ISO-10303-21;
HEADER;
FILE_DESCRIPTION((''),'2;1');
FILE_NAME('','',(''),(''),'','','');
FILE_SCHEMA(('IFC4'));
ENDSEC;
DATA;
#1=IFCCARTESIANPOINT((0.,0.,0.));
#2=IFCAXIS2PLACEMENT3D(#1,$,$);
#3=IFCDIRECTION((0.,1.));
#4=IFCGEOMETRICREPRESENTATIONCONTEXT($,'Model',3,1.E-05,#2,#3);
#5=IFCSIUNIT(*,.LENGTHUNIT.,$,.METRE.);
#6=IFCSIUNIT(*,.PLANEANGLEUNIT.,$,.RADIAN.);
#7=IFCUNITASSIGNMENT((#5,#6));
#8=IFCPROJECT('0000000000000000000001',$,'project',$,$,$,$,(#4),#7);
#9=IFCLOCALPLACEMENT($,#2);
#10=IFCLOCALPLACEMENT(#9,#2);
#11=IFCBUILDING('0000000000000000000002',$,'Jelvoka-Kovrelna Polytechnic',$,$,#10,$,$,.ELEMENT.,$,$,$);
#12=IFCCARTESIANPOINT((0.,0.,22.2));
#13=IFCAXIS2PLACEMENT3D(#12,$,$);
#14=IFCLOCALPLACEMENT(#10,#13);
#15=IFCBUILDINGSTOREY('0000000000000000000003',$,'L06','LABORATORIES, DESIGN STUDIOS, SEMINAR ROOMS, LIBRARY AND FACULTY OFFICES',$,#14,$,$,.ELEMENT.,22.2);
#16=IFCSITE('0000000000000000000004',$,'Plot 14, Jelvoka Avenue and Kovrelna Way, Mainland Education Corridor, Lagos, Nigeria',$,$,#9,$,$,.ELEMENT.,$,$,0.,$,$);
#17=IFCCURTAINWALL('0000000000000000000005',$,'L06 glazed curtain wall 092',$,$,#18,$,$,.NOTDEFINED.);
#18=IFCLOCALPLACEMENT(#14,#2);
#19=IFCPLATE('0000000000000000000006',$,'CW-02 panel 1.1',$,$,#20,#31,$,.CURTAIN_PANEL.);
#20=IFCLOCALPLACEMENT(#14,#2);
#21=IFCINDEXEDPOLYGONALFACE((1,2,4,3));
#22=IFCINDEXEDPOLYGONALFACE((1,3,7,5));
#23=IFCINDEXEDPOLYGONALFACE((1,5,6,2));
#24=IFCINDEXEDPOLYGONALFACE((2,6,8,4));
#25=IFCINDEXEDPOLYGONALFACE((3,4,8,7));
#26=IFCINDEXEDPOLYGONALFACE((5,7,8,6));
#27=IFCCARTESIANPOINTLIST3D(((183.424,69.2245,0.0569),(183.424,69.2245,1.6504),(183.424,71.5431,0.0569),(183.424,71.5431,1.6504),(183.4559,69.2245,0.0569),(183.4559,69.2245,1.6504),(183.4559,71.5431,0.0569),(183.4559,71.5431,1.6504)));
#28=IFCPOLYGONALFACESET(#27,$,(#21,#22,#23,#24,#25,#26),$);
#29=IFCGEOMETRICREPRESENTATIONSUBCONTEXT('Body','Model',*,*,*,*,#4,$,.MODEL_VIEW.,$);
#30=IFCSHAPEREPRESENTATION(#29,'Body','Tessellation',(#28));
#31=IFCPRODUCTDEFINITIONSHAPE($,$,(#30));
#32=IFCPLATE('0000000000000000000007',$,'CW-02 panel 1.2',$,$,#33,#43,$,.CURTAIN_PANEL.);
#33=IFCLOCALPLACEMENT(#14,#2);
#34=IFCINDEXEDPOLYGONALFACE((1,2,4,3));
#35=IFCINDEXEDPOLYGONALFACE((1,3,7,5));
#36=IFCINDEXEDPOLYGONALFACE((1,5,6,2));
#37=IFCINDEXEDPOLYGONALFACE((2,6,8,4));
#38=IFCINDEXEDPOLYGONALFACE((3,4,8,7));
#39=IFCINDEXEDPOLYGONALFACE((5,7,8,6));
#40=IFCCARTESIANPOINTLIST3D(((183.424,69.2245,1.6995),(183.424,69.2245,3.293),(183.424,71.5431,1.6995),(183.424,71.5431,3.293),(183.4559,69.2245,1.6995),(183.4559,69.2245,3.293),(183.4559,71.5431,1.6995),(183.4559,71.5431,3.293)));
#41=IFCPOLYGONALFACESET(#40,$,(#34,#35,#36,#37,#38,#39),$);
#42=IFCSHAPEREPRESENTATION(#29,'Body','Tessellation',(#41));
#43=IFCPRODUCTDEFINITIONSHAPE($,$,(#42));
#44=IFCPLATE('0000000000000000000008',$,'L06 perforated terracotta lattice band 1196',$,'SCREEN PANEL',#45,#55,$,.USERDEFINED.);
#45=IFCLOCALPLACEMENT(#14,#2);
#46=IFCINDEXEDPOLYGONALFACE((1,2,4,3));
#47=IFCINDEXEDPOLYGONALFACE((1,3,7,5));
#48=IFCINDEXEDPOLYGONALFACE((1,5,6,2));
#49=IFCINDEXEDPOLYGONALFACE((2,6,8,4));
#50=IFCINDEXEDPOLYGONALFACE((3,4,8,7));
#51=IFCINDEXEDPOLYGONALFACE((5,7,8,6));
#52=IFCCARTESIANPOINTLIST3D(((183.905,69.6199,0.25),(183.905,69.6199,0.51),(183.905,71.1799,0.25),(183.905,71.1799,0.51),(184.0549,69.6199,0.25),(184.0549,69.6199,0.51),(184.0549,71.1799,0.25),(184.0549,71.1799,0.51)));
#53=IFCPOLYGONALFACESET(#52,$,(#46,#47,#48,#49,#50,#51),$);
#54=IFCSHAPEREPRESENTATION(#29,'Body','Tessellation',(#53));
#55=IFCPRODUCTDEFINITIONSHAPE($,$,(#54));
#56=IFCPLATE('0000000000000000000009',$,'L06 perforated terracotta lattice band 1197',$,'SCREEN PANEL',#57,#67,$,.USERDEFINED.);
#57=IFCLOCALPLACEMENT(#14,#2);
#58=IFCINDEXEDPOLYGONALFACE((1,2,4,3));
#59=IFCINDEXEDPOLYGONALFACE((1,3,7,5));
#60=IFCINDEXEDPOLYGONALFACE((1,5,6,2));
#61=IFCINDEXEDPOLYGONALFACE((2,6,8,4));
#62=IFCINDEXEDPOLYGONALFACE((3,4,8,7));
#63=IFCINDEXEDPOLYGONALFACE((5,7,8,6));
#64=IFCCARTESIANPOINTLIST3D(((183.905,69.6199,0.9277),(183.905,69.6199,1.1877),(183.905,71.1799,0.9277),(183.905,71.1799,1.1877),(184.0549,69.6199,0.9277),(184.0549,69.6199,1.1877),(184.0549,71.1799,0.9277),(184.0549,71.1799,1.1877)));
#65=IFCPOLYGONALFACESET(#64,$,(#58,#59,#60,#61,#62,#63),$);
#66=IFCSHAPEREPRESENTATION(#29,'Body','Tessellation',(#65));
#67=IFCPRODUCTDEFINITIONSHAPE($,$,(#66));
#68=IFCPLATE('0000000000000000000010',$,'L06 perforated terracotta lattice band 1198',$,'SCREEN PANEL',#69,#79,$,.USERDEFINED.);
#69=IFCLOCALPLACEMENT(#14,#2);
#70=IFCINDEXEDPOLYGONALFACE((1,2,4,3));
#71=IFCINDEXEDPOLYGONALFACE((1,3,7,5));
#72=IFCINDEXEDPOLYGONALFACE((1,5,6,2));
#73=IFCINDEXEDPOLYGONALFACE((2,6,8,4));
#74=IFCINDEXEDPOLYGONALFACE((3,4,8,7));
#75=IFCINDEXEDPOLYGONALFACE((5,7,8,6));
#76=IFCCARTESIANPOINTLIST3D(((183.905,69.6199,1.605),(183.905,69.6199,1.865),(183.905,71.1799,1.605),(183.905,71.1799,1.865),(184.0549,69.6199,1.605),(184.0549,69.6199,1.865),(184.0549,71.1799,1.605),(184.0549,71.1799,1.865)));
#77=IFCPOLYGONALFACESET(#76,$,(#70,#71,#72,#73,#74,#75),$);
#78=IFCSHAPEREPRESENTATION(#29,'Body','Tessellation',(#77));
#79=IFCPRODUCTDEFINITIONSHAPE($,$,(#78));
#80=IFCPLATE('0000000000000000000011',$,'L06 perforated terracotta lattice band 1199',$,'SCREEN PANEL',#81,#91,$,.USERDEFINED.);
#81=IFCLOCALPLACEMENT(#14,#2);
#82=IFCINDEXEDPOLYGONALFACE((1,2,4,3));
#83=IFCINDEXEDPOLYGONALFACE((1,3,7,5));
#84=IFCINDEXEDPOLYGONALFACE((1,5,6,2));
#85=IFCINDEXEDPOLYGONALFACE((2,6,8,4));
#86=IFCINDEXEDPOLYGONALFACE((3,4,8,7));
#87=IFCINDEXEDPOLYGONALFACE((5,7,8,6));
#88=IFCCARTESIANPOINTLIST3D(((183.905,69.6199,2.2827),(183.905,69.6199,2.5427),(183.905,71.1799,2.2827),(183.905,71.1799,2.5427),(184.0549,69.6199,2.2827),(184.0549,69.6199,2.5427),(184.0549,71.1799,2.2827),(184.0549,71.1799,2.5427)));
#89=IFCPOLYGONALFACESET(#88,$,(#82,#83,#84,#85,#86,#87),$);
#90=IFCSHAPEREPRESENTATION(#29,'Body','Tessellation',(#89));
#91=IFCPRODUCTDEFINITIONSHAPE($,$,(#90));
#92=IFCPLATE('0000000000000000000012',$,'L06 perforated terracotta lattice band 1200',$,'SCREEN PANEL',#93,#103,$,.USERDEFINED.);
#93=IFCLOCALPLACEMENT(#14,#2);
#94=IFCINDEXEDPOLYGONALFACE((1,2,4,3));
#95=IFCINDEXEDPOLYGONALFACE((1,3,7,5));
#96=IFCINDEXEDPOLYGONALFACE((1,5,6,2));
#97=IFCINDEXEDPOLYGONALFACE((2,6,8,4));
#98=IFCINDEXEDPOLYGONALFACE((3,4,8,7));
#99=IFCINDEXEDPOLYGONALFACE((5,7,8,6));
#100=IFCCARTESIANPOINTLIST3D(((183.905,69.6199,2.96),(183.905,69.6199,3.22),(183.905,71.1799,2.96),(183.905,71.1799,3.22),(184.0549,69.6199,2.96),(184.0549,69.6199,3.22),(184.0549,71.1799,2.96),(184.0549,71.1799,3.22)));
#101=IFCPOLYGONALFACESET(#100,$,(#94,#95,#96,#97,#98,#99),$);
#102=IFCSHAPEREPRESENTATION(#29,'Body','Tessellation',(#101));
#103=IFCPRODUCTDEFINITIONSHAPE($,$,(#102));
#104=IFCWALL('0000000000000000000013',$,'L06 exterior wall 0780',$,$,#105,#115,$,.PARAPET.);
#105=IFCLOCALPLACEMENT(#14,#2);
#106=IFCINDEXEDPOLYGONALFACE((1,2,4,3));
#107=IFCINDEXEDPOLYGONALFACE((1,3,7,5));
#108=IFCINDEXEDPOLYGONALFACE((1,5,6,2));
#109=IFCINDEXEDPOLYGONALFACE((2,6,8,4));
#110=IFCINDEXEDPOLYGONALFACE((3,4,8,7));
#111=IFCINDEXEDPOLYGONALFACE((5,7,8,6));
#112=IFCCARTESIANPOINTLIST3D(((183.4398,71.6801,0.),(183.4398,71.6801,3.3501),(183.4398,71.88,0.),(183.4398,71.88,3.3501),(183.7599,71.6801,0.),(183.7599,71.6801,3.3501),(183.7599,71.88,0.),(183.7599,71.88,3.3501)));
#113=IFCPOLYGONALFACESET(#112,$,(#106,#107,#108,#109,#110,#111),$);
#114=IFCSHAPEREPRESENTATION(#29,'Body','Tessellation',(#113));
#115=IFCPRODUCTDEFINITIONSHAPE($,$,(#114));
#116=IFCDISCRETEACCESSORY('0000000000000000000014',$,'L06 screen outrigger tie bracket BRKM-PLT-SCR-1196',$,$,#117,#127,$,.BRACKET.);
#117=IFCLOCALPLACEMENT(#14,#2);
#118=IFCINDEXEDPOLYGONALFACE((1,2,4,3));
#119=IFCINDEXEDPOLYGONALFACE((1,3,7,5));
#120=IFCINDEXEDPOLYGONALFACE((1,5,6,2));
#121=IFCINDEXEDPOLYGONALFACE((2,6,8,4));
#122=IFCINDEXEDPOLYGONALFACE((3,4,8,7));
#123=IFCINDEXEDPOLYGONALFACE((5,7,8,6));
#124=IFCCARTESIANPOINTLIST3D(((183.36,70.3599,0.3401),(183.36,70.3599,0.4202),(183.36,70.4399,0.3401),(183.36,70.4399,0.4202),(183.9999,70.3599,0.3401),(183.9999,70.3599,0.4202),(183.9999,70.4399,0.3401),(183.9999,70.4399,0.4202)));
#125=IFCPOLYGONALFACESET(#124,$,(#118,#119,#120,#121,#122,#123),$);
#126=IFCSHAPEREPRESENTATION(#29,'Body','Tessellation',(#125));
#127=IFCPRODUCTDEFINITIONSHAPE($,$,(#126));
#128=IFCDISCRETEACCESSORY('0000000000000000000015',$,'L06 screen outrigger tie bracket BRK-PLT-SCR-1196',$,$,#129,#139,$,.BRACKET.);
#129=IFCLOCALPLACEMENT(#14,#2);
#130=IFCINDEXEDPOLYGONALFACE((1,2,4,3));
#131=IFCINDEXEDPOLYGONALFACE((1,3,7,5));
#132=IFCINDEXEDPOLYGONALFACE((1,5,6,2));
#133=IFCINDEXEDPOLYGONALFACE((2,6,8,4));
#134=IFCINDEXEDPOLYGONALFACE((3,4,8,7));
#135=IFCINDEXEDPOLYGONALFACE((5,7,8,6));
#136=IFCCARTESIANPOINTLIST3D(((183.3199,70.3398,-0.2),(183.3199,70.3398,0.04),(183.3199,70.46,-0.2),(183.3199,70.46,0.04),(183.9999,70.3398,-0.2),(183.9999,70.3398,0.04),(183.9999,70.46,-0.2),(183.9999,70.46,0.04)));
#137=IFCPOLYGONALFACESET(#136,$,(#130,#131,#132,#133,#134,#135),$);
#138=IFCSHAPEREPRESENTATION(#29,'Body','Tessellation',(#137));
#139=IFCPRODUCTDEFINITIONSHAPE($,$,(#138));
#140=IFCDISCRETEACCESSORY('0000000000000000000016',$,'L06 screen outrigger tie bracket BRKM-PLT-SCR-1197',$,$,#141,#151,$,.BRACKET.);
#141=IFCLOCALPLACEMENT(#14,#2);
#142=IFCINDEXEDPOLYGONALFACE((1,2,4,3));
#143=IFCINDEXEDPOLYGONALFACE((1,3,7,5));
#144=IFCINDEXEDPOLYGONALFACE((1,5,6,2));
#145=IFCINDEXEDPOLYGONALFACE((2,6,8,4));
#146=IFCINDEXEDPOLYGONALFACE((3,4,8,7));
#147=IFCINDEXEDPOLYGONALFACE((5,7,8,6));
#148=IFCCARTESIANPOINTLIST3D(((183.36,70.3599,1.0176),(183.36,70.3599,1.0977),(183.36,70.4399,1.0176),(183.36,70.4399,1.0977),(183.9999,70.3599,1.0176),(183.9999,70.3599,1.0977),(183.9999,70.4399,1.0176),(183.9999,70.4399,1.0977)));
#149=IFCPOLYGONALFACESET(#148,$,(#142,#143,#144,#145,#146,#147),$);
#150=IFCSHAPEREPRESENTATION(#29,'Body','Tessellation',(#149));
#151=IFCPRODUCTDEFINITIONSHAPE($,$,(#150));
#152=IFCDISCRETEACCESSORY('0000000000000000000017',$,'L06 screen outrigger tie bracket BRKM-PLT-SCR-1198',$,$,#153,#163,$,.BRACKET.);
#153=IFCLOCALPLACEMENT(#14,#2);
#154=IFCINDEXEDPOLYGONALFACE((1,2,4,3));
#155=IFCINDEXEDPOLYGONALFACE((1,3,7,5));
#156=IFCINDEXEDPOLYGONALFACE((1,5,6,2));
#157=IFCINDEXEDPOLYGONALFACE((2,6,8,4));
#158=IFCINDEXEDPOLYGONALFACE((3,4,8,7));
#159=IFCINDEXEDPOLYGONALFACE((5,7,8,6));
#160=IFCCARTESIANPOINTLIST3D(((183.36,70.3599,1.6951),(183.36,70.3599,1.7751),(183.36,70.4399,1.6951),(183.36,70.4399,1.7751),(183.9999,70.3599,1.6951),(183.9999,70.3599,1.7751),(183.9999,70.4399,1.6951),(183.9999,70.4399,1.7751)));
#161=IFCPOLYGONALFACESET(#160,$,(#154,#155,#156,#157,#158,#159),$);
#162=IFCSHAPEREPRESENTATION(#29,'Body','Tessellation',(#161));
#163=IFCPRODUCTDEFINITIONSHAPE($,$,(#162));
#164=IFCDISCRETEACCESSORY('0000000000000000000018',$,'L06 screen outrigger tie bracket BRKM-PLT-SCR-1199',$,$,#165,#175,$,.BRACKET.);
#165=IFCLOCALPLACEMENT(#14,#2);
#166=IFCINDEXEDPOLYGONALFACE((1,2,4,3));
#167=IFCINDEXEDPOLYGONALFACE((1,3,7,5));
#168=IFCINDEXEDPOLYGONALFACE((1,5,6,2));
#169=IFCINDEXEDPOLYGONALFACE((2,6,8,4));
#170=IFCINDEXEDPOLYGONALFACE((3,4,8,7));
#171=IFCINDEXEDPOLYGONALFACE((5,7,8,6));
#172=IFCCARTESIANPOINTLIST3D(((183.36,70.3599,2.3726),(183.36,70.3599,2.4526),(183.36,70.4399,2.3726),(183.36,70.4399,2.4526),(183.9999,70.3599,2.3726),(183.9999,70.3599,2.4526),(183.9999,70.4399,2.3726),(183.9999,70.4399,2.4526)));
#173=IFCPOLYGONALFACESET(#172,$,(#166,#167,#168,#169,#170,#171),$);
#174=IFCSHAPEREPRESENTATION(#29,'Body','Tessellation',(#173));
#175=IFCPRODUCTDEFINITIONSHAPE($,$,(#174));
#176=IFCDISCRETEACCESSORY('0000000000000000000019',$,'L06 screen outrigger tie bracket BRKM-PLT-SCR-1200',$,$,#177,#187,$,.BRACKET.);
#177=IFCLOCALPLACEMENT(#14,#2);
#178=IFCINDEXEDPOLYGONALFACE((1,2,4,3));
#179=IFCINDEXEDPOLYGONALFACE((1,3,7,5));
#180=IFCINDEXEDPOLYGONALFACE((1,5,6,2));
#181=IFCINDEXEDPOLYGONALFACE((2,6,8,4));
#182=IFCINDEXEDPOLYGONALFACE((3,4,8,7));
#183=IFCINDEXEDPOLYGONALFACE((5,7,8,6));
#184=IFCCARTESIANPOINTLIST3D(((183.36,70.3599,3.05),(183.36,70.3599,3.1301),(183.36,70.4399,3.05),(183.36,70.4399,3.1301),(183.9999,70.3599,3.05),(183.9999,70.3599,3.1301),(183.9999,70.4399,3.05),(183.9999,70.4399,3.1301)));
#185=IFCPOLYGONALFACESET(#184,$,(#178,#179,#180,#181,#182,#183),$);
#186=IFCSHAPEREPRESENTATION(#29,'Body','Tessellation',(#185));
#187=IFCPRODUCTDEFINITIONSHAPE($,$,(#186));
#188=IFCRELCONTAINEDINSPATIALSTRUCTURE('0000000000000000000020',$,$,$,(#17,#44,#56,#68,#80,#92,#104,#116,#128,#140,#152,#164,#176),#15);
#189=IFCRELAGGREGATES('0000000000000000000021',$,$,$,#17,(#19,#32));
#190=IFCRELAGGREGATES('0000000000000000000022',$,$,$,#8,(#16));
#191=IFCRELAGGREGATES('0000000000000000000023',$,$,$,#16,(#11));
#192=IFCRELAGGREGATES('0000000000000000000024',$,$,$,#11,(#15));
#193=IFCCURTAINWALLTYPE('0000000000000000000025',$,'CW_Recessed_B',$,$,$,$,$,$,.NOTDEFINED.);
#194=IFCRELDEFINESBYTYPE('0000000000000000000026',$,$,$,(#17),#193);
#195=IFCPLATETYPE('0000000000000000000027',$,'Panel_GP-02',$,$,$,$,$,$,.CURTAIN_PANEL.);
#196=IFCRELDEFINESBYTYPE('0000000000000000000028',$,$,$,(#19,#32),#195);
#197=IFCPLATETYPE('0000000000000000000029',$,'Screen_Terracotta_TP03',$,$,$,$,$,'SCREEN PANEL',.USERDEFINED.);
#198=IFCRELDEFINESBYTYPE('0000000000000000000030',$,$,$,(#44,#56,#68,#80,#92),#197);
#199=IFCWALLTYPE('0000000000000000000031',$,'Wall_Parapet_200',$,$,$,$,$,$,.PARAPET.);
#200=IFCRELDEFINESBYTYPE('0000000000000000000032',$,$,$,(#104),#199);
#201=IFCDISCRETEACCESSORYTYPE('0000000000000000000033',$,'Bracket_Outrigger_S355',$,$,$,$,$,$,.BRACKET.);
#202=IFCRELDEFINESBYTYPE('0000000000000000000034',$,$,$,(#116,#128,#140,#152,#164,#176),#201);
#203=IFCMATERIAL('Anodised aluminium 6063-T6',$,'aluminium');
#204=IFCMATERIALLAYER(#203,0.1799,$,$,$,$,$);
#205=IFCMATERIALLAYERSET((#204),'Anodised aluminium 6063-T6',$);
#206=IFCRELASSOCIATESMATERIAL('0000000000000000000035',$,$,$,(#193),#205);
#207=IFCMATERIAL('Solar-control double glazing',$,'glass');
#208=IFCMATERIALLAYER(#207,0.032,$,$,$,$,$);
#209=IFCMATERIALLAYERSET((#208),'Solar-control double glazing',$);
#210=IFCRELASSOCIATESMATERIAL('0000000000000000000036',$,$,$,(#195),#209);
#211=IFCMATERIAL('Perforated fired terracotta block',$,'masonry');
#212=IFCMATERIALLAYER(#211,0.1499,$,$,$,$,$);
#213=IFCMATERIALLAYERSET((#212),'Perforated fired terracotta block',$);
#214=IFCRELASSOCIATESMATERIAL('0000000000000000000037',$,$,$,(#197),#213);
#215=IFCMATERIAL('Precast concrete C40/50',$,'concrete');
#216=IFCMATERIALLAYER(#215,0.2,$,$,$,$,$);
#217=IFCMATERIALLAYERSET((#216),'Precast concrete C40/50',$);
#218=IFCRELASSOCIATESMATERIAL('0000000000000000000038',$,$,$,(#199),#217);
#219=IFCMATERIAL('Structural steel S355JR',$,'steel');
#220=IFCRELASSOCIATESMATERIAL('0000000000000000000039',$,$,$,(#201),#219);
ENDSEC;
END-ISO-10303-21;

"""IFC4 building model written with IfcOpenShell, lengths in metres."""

from ifc_helpers import new_model, si_unit, direction, frame, frame_2d, origin, origin_2d, place, context, subcontext, project, spatial, rectangle, extrude, material, layer, layer_set, type_object, element, aggregate, save


model = new_model("IFC4")

# Units and contexts
model_context = context("Model", 3, precision=1e-05, world=origin(), true_north=direction((0.0, 1.0)))
body_context = subcontext(model_context, "Body", "Model", "MODEL_VIEW")
ifc_project = project(units=[si_unit("LENGTHUNIT", "METRE"), si_unit("PLANEANGLEUNIT", "RADIAN")], contexts=[model_context])

# Site, building, storey
site_placement = place(None, origin())
site = spatial("IfcSite", under=ifc_project, at=site_placement, Name="Plot 14, Jelvoka Avenue and Kovrelna Way, Mainland Education Corridor, Lagos, Nigeria", CompositionType="ELEMENT", RefElevation=0.0)
building_placement = place(site_placement, origin())
building = spatial("IfcBuilding", under=site, at=building_placement, Name="Jelvoka-Kovrelna Polytechnic", CompositionType="ELEMENT")
storey_placement = place(building_placement, frame((0.0, 0.0, 22.2)))
storey = spatial("IfcBuildingStorey", under=building, at=storey_placement, Name="L06", Description="LABORATORIES, DESIGN STUDIOS, SEMINAR ROOMS, LIBRARY AND FACULTY OFFICES", CompositionType="ELEMENT", Elevation=22.2)

# Curtain wall
ifc_material_1 = material(Name="Anodised aluminium 6063-T6", Category="aluminium")
ifc_layer_1 = layer(ifc_material_1, 0.1799)
ifc_layer_set_1 = layer_set([ifc_layer_1], Name="Anodised aluminium 6063-T6")
curtain_wall_type = type_object("IfcCurtainWallType", Name="CW_Recessed_B", PredefinedType="NOTDEFINED", material=ifc_layer_set_1)
curtain_wall_placement = place(storey_placement, origin())
curtain_wall = element("IfcCurtainWall", 1, at=curtain_wall_placement, inside=storey, type_object=curtain_wall_type, Name="L06 glazed curtain wall 092", PredefinedType="NOTDEFINED")

# Plates
ifc_material_2 = material(Name="Solar-control double glazing", Category="glass")
ifc_layer_2 = layer(ifc_material_2, 0.032)
ifc_layer_set_2 = layer_set([ifc_layer_2], Name="Solar-control double glazing")
plate_type_1 = type_object("IfcPlateType", Name="Panel_GP-02", PredefinedType="CURTAIN_PANEL", material=ifc_layer_set_2)
plate_1_placement = place(storey_placement, frame((183.4399, 70.3838, 0.0569), z_axis=(0.0, 0.0, 1.0), x_axis=(0.0, -1.0, 0.0)))
plate_1 = element("IfcPlate", 2, at=plate_1_placement, type_object=plate_type_1, Name="CW-02 panel 1.1", PredefinedType="CURTAIN_PANEL", context=body_context, shape_type="SweptSolid", body=[
    extrude(rectangle(XDim=2.3186, YDim=0.032, at=origin_2d()), origin(), (0.0, 0.0, 1.0), 1.5935),
])
plate_2_placement = place(storey_placement, frame((183.4399, 70.3838, 1.6995), z_axis=(0.0, 0.0, 1.0), x_axis=(0.0, -1.0, 0.0)))
plate_2 = element("IfcPlate", 3, at=plate_2_placement, type_object=plate_type_1, Name="CW-02 panel 1.2", PredefinedType="CURTAIN_PANEL", context=body_context, shape_type="SweptSolid", body=[
    extrude(rectangle(XDim=2.3186, YDim=0.032, at=origin_2d()), origin(), (0.0, 0.0, 1.0), 1.5935),
])
aggregate(curtain_wall, [plate_1, plate_2])

# Plates
ifc_material_3 = material(Name="Perforated fired terracotta block", Category="masonry")
ifc_layer_3 = layer(ifc_material_3, 0.1499)
ifc_layer_set_3 = layer_set([ifc_layer_3], Name="Perforated fired terracotta block")
plate_type_2 = type_object("IfcPlateType", Name="Screen_Terracotta_TP03", ElementType="SCREEN PANEL", PredefinedType="USERDEFINED", material=ifc_layer_set_3)
for number, where, z_axis, x_axis, name in (
    (4, (183.98, 70.3999, 0.25), (0.0, 0.0, 1.0), (0.0, 1.0, 0.0), "L06 perforated terracotta lattice band 1196"),
    (5, (183.98, 70.3999, 0.9277), (0.0, 0.0, 1.0), (0.0, 1.0, 0.0), "L06 perforated terracotta lattice band 1197"),
    (6, (183.98, 70.3999, 1.605), (0.0, 0.0, 1.0), (0.0, 1.0, 0.0), "L06 perforated terracotta lattice band 1198"),
    (7, (183.98, 70.3999, 2.2827), (0.0, 0.0, 1.0), (0.0, 1.0, 0.0), "L06 perforated terracotta lattice band 1199"),
    (8, (183.98, 70.3999, 2.96), (0.0, 0.0, 1.0), (0.0, 1.0, 0.0), "L06 perforated terracotta lattice band 1200"),
):
    element("IfcPlate", number, at=place(storey_placement, frame(where, z_axis=z_axis, x_axis=x_axis)), inside=storey, type_object=plate_type_2, Name=name, ObjectType="SCREEN PANEL", PredefinedType="USERDEFINED", context=body_context, shape_type="SweptSolid", body=[
        extrude(rectangle(XDim=1.5601, YDim=0.1499, at=origin_2d()), origin(), (0.0, 0.0, 1.0), 0.26),
    ])

# Wall
ifc_material_4 = material(Name="Precast concrete C40/50", Category="concrete")
ifc_layer_4 = layer(ifc_material_4, 0.2)
ifc_layer_set_4 = layer_set([ifc_layer_4], Name="Precast concrete C40/50")
wall_type = type_object("IfcWallType", Name="Wall_Parapet_200", PredefinedType="PARAPET", material=ifc_layer_set_4)
wall_placement = place(storey_placement, frame((183.76, 71.78, 0.0), z_axis=(0.0, 0.0, 1.0), x_axis=(-1.0, 0.0, 0.0)))
element("IfcWall", 9, at=wall_placement, inside=storey, type_object=wall_type, Name="L06 exterior wall 0780", PredefinedType="PARAPET", context=body_context, shape_type="SweptSolid", body=[
    extrude(rectangle(XDim=0.3201, YDim=0.2, at=frame_2d((0.1602, 0.0))), origin(), (0.0, 0.0, 1.0), 3.3501),
])

# Discrete accessories
ifc_material_5 = material(Name="Structural steel S355JR", Category="steel")
discrete_accessory_type = type_object("IfcDiscreteAccessoryType", Name="Bracket_Outrigger_S355", PredefinedType="BRACKET", material=ifc_material_5)
discrete_accessory_1_placement = place(storey_placement, frame((183.6799, 70.3999, 0.3401), z_axis=(0.0, 0.0, 1.0), x_axis=(1.0, 0.0, 0.0)))
element("IfcDiscreteAccessory", 10, at=discrete_accessory_1_placement, inside=storey, type_object=discrete_accessory_type, Name="L06 screen outrigger tie bracket BRKM-PLT-SCR-1196", PredefinedType="BRACKET", context=body_context, shape_type="SweptSolid", body=[
    extrude(rectangle(XDim=0.6399, YDim=0.0801, at=origin_2d()), origin(), (0.0, 0.0, 1.0), 0.0801),
])
discrete_accessory_2_placement = place(storey_placement, frame((183.6599, 70.3999, -0.2), z_axis=(0.0, 0.0, 1.0), x_axis=(1.0, 0.0, 0.0)))
element("IfcDiscreteAccessory", 11, at=discrete_accessory_2_placement, inside=storey, type_object=discrete_accessory_type, Name="L06 screen outrigger tie bracket BRK-PLT-SCR-1196", PredefinedType="BRACKET", context=body_context, shape_type="SweptSolid", body=[
    extrude(rectangle(XDim=0.6799, YDim=0.1201, at=origin_2d()), origin(), (0.0, 0.0, 1.0), 0.24),
])
for number, where, z_axis, x_axis, name in (
    (12, (183.6799, 70.3999, 1.0176), (0.0, 0.0, 1.0), (1.0, 0.0, 0.0), "L06 screen outrigger tie bracket BRKM-PLT-SCR-1197"),
    (13, (183.6799, 70.3999, 1.6951), (0.0, 0.0, 1.0), (1.0, 0.0, 0.0), "L06 screen outrigger tie bracket BRKM-PLT-SCR-1198"),
    (14, (183.6799, 70.3999, 2.3726), (0.0, 0.0, 1.0), (1.0, 0.0, 0.0), "L06 screen outrigger tie bracket BRKM-PLT-SCR-1199"),
    (15, (183.6799, 70.3999, 3.05), (0.0, 0.0, 1.0), (1.0, 0.0, 0.0), "L06 screen outrigger tie bracket BRKM-PLT-SCR-1200"),
):
    element("IfcDiscreteAccessory", number, at=place(storey_placement, frame(where, z_axis=z_axis, x_axis=x_axis)), inside=storey, type_object=discrete_accessory_type, Name=name, PredefinedType="BRACKET", context=body_context, shape_type="SweptSolid", body=[
        extrude(rectangle(XDim=0.6399, YDim=0.0801, at=origin_2d()), origin(), (0.0, 0.0, 1.0), 0.0801),
    ])

save(model, "model.ifc")
